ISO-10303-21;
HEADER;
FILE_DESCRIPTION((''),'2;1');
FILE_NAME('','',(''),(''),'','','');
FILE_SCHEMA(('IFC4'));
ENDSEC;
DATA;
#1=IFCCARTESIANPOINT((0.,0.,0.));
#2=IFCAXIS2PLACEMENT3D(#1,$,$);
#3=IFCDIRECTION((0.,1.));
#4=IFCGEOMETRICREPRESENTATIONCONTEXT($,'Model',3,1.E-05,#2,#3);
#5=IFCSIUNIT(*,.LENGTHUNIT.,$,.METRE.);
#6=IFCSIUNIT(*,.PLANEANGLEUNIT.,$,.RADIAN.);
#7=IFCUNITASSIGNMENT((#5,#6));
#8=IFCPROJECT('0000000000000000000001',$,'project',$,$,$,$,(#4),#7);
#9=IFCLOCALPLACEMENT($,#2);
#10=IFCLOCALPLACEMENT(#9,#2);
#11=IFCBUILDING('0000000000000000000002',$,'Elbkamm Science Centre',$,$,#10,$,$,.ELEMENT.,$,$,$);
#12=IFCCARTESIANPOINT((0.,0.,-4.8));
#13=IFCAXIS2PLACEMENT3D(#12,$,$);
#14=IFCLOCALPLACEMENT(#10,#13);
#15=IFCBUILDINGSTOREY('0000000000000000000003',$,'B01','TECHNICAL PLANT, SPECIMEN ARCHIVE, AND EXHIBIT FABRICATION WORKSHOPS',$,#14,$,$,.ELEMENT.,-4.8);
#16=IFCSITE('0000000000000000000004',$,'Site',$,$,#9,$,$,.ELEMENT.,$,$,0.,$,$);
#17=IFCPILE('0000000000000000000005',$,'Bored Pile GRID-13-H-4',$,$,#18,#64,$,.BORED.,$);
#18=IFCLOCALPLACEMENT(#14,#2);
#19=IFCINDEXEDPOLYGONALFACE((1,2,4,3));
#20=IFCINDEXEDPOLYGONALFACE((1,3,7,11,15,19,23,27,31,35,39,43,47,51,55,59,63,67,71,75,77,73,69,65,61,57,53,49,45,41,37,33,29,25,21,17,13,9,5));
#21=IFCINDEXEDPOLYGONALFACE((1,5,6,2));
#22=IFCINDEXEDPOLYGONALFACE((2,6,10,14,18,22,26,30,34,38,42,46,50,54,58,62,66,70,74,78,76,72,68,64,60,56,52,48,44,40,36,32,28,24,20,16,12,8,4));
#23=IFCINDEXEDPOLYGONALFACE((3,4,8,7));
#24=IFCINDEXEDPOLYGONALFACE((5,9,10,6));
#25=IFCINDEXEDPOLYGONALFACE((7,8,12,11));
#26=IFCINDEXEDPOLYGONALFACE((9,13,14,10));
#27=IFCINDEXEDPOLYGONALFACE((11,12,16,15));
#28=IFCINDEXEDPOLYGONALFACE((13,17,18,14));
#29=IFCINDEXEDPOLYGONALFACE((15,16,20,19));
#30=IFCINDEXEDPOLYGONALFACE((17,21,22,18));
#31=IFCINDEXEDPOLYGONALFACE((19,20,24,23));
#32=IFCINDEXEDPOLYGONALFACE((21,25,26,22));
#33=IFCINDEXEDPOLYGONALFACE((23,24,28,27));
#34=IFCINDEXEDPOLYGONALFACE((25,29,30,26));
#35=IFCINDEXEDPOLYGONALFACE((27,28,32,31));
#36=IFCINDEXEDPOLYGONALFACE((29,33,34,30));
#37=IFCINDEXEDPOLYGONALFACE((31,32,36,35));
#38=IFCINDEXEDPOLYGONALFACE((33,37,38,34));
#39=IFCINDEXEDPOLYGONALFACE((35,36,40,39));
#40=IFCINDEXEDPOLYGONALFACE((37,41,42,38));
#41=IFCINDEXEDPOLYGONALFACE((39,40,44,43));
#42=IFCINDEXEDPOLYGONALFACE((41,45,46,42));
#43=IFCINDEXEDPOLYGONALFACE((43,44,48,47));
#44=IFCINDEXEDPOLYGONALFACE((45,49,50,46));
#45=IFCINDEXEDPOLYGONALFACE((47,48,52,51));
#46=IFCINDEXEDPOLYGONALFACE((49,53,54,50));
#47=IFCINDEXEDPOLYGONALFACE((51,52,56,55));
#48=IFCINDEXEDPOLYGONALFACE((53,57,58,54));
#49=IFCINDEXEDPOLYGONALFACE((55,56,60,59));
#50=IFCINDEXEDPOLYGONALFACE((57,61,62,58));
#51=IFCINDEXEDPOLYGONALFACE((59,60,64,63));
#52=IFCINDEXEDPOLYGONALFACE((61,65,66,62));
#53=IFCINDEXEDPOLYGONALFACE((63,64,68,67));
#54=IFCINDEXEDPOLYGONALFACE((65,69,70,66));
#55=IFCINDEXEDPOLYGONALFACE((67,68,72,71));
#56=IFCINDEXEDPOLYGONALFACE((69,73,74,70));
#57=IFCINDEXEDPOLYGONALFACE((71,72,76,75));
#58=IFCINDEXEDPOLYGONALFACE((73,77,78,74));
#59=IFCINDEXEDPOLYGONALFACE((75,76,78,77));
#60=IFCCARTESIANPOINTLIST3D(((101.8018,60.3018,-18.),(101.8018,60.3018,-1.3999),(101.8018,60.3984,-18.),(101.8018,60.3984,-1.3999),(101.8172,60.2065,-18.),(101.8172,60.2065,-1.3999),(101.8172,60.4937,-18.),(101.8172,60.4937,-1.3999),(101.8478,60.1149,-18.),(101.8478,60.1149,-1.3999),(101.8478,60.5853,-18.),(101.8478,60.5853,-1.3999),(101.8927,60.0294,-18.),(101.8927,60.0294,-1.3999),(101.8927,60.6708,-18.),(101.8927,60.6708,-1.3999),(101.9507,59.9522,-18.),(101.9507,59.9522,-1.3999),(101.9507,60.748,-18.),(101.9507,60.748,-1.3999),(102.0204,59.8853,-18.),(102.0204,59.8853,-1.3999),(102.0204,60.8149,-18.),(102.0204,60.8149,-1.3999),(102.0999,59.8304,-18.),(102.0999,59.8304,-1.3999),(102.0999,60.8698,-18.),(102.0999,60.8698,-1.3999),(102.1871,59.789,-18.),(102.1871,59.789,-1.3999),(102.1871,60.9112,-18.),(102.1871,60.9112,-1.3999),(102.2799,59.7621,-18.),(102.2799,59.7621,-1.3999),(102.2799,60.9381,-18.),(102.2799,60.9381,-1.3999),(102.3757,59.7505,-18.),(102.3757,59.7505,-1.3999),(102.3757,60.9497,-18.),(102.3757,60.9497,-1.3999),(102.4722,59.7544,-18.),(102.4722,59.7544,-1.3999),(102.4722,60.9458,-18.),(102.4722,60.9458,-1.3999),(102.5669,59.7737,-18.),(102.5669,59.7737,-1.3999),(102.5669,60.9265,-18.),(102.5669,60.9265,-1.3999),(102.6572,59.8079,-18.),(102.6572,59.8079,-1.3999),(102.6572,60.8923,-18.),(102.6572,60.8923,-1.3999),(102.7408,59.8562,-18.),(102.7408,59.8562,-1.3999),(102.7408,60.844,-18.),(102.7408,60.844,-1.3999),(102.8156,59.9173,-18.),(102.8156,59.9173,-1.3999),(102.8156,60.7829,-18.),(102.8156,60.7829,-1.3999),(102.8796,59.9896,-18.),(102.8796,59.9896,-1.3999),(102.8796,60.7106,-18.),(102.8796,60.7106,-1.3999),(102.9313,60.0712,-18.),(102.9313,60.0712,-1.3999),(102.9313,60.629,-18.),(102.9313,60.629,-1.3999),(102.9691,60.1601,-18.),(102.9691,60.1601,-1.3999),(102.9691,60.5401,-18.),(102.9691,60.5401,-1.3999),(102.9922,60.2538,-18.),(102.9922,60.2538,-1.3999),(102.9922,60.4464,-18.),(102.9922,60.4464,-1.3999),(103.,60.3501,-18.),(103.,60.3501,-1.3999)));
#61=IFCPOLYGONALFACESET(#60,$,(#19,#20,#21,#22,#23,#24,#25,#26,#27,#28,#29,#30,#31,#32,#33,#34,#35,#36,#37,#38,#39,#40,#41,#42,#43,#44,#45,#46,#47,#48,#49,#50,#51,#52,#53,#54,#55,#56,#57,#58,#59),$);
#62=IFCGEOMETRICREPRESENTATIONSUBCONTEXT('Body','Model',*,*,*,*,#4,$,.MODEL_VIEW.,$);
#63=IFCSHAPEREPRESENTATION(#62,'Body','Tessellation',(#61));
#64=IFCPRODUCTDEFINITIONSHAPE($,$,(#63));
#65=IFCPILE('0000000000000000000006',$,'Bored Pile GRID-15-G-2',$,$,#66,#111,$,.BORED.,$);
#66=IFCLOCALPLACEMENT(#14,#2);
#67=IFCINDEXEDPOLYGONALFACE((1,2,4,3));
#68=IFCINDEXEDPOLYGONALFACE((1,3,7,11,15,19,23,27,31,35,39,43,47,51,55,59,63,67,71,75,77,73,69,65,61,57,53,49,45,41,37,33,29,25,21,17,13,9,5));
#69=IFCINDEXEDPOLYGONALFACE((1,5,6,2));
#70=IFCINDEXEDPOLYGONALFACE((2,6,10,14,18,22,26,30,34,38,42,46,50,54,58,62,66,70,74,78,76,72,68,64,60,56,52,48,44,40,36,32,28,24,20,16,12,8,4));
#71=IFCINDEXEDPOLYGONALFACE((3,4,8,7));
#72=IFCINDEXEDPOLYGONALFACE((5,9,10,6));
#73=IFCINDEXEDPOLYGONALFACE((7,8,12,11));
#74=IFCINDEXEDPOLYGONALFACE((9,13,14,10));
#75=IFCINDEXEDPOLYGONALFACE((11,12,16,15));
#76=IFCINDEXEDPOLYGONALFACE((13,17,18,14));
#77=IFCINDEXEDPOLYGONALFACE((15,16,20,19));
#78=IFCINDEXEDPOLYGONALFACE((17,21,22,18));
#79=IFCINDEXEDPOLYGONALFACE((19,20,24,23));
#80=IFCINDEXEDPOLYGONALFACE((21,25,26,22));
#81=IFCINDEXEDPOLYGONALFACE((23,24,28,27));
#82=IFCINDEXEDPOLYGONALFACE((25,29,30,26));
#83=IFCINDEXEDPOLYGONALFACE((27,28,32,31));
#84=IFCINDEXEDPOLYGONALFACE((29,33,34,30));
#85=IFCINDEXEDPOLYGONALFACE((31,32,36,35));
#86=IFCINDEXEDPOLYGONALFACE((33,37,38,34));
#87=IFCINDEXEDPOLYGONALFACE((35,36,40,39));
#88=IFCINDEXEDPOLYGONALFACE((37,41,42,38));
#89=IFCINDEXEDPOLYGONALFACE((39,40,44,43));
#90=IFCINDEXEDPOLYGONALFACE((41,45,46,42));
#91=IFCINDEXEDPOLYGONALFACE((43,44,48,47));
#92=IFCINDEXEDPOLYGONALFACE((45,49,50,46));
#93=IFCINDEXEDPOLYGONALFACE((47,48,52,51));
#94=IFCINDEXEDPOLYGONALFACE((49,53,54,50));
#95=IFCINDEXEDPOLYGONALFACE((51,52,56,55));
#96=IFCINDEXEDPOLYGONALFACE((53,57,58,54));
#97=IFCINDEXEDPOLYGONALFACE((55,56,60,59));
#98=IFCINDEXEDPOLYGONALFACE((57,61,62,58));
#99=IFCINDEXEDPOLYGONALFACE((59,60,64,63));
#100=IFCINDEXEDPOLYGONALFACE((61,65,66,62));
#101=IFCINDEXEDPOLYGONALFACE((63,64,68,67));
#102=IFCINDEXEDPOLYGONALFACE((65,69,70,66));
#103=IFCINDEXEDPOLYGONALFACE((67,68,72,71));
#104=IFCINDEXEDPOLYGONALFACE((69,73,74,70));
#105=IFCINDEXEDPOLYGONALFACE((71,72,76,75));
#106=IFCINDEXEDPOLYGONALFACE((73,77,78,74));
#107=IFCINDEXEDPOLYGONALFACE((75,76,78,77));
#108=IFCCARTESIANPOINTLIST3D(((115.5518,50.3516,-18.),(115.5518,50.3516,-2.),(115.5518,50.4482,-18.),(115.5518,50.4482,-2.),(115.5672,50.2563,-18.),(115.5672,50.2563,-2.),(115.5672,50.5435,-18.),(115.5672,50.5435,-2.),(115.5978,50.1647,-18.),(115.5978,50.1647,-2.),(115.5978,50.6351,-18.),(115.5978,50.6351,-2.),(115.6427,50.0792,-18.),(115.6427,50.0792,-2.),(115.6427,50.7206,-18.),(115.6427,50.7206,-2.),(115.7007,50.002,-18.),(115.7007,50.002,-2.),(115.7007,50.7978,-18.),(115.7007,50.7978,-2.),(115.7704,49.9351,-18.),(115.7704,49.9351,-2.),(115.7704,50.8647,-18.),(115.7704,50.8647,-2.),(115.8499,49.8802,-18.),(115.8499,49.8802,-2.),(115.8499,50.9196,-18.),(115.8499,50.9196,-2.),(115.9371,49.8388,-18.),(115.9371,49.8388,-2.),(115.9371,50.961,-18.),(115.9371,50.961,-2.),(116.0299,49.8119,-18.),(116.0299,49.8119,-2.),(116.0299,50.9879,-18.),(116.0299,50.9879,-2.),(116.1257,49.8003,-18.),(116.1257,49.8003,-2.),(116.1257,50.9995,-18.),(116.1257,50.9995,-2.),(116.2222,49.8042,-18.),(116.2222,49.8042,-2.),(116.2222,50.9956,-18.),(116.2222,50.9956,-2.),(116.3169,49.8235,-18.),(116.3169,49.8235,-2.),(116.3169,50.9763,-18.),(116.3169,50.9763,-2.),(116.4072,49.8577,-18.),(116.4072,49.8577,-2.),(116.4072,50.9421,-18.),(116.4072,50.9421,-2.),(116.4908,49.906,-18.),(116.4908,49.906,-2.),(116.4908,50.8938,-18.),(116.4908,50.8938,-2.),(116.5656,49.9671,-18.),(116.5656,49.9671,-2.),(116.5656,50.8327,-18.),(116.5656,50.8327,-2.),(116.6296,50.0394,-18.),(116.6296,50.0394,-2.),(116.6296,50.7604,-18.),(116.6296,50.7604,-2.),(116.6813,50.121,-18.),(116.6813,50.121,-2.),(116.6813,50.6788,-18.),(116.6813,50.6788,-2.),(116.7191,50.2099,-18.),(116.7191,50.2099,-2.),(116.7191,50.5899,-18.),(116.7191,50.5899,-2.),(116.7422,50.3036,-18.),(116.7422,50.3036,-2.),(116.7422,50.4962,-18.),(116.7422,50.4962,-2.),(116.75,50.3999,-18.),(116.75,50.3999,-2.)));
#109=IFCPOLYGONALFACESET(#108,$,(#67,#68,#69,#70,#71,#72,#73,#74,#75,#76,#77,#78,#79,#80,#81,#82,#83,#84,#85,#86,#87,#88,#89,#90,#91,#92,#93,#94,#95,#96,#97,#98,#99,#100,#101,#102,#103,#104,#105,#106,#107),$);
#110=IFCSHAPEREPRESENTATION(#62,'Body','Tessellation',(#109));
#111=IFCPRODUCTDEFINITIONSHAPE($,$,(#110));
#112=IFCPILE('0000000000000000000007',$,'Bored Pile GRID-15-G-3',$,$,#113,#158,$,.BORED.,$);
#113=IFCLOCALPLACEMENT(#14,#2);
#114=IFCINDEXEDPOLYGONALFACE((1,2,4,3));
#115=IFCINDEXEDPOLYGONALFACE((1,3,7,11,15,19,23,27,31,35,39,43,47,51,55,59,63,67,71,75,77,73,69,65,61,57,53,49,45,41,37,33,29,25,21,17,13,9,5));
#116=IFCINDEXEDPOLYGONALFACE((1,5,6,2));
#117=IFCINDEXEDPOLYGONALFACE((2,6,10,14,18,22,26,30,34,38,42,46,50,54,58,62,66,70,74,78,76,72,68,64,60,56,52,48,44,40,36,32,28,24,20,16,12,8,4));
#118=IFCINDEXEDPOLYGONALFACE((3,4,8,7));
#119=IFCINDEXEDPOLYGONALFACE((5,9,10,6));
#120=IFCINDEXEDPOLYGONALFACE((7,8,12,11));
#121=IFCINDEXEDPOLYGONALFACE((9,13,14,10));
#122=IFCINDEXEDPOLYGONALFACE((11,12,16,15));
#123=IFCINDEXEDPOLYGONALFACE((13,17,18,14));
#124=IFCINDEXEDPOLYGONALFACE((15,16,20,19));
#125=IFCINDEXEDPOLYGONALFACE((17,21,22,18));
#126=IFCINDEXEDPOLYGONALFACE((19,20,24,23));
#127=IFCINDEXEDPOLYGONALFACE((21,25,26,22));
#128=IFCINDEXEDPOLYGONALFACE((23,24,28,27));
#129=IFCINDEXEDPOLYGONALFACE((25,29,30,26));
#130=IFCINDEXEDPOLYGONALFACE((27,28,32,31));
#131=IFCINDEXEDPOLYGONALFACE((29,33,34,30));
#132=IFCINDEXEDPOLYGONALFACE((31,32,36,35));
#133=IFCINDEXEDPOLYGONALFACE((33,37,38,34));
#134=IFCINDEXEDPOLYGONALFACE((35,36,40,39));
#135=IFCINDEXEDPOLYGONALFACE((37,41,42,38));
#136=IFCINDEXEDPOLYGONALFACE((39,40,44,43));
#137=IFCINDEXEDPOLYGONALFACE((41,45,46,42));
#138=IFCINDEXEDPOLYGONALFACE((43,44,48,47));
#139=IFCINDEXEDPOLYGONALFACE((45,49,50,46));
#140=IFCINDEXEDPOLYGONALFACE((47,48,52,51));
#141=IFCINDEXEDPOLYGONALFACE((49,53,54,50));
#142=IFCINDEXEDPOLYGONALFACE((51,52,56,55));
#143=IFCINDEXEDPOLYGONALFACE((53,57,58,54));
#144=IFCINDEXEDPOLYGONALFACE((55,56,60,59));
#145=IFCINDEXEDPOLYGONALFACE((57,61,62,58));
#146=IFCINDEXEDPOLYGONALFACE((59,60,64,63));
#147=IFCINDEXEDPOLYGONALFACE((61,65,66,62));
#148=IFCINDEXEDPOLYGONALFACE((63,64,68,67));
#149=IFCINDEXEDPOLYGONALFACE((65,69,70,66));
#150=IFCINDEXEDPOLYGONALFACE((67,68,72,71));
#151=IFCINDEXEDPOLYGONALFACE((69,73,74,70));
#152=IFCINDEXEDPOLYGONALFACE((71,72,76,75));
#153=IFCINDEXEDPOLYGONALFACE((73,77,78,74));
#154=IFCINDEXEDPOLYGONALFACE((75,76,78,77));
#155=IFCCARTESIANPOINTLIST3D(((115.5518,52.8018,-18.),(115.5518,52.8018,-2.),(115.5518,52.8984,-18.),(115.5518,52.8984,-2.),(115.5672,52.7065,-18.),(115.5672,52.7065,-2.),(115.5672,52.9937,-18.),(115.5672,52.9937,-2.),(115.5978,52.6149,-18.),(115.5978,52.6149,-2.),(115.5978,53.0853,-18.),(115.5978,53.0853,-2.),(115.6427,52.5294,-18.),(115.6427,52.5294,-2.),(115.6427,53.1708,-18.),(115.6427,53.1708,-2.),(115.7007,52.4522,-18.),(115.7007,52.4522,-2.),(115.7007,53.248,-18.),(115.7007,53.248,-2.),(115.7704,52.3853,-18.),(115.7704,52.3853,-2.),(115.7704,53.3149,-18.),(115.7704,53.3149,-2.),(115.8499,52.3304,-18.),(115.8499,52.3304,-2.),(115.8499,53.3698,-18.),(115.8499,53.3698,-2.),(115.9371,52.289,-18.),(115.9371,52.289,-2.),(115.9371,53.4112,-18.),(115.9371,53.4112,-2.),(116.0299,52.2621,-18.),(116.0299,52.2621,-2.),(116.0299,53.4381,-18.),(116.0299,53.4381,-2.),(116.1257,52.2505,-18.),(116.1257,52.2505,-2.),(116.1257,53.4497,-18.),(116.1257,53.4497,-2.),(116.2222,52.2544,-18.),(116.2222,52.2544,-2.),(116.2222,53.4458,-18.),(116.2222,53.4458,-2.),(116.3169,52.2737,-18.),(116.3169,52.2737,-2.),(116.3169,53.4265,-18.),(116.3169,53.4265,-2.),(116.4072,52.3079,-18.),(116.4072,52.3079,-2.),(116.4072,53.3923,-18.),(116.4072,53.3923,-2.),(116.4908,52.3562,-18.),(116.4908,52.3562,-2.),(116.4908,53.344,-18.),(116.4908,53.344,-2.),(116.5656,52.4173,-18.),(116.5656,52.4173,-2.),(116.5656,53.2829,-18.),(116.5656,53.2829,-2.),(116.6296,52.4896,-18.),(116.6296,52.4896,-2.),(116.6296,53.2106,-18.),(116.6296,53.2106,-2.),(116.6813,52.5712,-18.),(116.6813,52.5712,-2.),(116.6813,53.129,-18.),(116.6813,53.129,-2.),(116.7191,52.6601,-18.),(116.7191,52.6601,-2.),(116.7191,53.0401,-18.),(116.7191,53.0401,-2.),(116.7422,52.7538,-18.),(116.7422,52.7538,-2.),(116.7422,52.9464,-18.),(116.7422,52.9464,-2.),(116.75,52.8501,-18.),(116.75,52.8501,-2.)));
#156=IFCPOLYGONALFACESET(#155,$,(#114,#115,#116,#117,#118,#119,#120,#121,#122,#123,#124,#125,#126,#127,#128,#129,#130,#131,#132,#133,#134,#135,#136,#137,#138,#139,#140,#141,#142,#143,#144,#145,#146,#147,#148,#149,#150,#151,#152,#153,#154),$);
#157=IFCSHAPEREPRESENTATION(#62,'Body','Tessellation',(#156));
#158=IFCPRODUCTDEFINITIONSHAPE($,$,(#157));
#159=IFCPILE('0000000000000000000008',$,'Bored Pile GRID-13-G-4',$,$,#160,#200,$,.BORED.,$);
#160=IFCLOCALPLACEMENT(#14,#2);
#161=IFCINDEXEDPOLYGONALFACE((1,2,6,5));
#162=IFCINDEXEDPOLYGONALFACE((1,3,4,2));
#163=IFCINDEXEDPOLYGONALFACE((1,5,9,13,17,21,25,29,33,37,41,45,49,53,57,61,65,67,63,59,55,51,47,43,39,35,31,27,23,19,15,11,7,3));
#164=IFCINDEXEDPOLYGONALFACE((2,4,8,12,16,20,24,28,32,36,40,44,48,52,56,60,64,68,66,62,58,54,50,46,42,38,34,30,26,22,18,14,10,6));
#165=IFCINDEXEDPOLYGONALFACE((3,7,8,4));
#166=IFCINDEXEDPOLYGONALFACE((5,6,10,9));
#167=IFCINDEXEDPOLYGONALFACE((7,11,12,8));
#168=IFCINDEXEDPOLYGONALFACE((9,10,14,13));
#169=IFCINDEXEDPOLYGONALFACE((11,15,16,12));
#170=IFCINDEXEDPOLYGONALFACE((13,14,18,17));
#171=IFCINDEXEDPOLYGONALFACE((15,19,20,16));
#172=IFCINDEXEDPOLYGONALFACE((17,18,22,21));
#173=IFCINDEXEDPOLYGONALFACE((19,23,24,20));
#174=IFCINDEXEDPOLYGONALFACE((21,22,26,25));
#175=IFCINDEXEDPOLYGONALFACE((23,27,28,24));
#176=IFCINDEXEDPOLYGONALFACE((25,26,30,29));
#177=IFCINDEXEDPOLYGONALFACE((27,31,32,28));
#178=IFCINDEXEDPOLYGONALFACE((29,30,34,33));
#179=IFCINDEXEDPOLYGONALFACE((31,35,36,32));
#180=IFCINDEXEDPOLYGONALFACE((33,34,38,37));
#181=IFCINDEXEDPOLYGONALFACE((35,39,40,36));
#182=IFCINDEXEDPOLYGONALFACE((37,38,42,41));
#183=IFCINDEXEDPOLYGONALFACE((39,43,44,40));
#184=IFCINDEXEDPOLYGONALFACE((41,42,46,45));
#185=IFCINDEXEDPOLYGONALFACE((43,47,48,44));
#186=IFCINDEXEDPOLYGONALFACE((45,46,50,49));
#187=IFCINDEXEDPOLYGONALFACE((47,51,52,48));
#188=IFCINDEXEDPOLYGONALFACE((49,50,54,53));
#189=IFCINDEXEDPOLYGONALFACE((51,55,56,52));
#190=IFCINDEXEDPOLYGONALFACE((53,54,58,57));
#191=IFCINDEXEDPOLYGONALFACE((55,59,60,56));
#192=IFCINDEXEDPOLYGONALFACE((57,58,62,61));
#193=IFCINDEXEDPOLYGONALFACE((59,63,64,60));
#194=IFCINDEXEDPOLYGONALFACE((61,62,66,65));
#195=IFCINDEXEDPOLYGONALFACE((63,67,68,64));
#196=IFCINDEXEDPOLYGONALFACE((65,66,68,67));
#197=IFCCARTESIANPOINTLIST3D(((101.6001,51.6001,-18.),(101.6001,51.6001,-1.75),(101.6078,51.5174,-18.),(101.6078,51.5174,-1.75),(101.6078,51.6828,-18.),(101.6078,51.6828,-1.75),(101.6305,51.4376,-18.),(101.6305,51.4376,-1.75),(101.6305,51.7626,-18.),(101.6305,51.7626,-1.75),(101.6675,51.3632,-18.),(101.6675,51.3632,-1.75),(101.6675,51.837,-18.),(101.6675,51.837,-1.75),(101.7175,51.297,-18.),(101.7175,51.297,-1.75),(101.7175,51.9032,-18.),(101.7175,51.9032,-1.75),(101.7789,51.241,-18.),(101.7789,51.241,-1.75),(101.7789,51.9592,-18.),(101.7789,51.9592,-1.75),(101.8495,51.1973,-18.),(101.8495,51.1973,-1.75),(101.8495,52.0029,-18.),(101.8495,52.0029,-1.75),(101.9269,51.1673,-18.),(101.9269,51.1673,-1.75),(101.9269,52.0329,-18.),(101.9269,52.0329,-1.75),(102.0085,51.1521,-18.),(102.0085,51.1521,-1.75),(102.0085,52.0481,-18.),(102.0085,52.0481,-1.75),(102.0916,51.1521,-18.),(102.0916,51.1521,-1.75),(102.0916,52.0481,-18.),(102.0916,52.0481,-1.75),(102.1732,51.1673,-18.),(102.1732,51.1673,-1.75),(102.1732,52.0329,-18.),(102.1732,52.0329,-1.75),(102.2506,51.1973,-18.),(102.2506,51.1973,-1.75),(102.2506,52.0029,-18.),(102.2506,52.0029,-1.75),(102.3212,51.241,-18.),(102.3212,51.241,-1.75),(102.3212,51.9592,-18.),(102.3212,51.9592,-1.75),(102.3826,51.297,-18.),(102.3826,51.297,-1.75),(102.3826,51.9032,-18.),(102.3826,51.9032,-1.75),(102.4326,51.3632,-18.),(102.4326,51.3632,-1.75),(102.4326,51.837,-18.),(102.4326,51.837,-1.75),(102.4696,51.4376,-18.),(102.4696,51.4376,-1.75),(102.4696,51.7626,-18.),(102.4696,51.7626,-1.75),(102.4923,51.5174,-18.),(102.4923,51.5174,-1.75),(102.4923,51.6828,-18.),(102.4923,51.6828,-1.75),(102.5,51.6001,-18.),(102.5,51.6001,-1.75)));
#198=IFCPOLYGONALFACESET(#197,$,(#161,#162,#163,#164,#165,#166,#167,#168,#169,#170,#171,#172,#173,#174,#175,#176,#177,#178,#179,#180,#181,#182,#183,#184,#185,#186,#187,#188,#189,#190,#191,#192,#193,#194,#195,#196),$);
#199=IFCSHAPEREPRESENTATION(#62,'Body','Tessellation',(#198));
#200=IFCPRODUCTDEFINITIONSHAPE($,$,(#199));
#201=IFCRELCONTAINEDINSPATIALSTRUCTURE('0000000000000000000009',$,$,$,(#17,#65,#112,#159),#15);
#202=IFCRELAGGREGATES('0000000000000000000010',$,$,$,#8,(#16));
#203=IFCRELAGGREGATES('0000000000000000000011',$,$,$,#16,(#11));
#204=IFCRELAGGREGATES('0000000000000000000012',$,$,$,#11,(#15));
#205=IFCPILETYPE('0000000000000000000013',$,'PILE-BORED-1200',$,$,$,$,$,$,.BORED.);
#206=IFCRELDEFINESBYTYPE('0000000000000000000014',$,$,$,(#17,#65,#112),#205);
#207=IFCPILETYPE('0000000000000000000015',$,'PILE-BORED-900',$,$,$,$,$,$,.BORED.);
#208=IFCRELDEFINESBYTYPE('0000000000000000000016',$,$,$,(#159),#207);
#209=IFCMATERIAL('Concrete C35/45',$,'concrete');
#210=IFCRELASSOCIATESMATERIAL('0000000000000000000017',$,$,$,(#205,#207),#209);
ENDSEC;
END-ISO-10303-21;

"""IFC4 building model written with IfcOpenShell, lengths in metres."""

from ifc_helpers import new_model, si_unit, direction, frame, origin, origin_2d, place, context, subcontext, project, spatial, circle, extrude, material, material_profile, profile_set, type_object, element, save


model = new_model("IFC4")

# Units and contexts
model_context = context("Model", 3, precision=1e-05, world=origin(), true_north=direction((0.0, 1.0)))
body_context = subcontext(model_context, "Body", "Model", "MODEL_VIEW")
ifc_project = project(units=[si_unit("LENGTHUNIT", "METRE"), si_unit("PLANEANGLEUNIT", "RADIAN")], contexts=[model_context])

# Site, building, storey
site_placement = place(None, origin())
site = spatial("IfcSite", under=ifc_project, at=site_placement, Name="Site", CompositionType="ELEMENT", RefElevation=0.0)
building_placement = place(site_placement, origin())
building = spatial("IfcBuilding", under=site, at=building_placement, Name="Elbkamm Science Centre", CompositionType="ELEMENT")
storey_placement = place(building_placement, frame((0.0, 0.0, -4.8)))
storey = spatial("IfcBuildingStorey", under=building, at=storey_placement, Name="B01", Description="TECHNICAL PLANT, SPECIMEN ARCHIVE, AND EXHIBIT FABRICATION WORKSHOPS", CompositionType="ELEMENT", Elevation=-4.8)

# Shared definitions
ifc_material_1 = material(Name="Concrete C35/45", Category="concrete")

# Piles
ifc_material_profile_1 = material_profile(ifc_material_1, circle(Radius=0.6001, at=origin_2d()), Name="PILE D1200")
ifc_profile_set_1 = profile_set([ifc_material_profile_1], Name="Concrete C35/45")
pile_type_1 = type_object("IfcPileType", Name="PILE-BORED-1200", PredefinedType="BORED", material=ifc_profile_set_1)
for number, where, z_axis, x_axis, name in (
    (1, (102.3999, 60.3501, -1.3999), (0.0, 0.0, -1.0), (1.0, 0.0, 0.0), "Bored Pile GRID-13-H-4"),
):
    element("IfcPile", number, at=place(storey_placement, frame(where, z_axis=z_axis, x_axis=x_axis)), inside=storey, type_object=pile_type_1, Name=name, PredefinedType="BORED", context=body_context, shape_type="SweptSolid", body=[
        extrude(circle(Radius=0.6001, at=origin_2d()), origin(), (0.0, 0.0, 1.0), 16.6001),
    ])
for number, where, z_axis, x_axis, name in (
    (2, (116.1499, 50.3999, -2.0), (0.0, 0.0, -1.0), (1.0, 0.0, 0.0), "Bored Pile GRID-15-G-2"),
    (3, (116.1499, 52.8501, -2.0), (0.0, 0.0, -1.0), (1.0, 0.0, 0.0), "Bored Pile GRID-15-G-3"),
):
    element("IfcPile", number, at=place(storey_placement, frame(where, z_axis=z_axis, x_axis=x_axis)), inside=storey, type_object=pile_type_1, Name=name, PredefinedType="BORED", context=body_context, shape_type="SweptSolid", body=[
        extrude(circle(Radius=0.6001, at=origin_2d()), origin(), (0.0, 0.0, 1.0), 16.0),
    ])
ifc_material_profile_2 = material_profile(ifc_material_1, circle(Radius=0.45, at=origin_2d()), Name="PILE D900")
ifc_profile_set_2 = profile_set([ifc_material_profile_2], Name="Concrete C35/45")
pile_type_2 = type_object("IfcPileType", Name="PILE-BORED-900", PredefinedType="BORED", material=ifc_profile_set_2)
pile_placement = place(storey_placement, frame((102.05, 51.6001, -1.75), z_axis=(0.0, 0.0, -1.0), x_axis=(1.0, 0.0, 0.0)))
element("IfcPile", 4, at=pile_placement, inside=storey, type_object=pile_type_2, Name="Bored Pile GRID-13-G-4", PredefinedType="BORED", context=body_context, shape_type="SweptSolid", body=[
    extrude(circle(Radius=0.45, at=origin_2d()), origin(), (0.0, 0.0, 1.0), 16.25),
])

save(model, "model.ifc")
